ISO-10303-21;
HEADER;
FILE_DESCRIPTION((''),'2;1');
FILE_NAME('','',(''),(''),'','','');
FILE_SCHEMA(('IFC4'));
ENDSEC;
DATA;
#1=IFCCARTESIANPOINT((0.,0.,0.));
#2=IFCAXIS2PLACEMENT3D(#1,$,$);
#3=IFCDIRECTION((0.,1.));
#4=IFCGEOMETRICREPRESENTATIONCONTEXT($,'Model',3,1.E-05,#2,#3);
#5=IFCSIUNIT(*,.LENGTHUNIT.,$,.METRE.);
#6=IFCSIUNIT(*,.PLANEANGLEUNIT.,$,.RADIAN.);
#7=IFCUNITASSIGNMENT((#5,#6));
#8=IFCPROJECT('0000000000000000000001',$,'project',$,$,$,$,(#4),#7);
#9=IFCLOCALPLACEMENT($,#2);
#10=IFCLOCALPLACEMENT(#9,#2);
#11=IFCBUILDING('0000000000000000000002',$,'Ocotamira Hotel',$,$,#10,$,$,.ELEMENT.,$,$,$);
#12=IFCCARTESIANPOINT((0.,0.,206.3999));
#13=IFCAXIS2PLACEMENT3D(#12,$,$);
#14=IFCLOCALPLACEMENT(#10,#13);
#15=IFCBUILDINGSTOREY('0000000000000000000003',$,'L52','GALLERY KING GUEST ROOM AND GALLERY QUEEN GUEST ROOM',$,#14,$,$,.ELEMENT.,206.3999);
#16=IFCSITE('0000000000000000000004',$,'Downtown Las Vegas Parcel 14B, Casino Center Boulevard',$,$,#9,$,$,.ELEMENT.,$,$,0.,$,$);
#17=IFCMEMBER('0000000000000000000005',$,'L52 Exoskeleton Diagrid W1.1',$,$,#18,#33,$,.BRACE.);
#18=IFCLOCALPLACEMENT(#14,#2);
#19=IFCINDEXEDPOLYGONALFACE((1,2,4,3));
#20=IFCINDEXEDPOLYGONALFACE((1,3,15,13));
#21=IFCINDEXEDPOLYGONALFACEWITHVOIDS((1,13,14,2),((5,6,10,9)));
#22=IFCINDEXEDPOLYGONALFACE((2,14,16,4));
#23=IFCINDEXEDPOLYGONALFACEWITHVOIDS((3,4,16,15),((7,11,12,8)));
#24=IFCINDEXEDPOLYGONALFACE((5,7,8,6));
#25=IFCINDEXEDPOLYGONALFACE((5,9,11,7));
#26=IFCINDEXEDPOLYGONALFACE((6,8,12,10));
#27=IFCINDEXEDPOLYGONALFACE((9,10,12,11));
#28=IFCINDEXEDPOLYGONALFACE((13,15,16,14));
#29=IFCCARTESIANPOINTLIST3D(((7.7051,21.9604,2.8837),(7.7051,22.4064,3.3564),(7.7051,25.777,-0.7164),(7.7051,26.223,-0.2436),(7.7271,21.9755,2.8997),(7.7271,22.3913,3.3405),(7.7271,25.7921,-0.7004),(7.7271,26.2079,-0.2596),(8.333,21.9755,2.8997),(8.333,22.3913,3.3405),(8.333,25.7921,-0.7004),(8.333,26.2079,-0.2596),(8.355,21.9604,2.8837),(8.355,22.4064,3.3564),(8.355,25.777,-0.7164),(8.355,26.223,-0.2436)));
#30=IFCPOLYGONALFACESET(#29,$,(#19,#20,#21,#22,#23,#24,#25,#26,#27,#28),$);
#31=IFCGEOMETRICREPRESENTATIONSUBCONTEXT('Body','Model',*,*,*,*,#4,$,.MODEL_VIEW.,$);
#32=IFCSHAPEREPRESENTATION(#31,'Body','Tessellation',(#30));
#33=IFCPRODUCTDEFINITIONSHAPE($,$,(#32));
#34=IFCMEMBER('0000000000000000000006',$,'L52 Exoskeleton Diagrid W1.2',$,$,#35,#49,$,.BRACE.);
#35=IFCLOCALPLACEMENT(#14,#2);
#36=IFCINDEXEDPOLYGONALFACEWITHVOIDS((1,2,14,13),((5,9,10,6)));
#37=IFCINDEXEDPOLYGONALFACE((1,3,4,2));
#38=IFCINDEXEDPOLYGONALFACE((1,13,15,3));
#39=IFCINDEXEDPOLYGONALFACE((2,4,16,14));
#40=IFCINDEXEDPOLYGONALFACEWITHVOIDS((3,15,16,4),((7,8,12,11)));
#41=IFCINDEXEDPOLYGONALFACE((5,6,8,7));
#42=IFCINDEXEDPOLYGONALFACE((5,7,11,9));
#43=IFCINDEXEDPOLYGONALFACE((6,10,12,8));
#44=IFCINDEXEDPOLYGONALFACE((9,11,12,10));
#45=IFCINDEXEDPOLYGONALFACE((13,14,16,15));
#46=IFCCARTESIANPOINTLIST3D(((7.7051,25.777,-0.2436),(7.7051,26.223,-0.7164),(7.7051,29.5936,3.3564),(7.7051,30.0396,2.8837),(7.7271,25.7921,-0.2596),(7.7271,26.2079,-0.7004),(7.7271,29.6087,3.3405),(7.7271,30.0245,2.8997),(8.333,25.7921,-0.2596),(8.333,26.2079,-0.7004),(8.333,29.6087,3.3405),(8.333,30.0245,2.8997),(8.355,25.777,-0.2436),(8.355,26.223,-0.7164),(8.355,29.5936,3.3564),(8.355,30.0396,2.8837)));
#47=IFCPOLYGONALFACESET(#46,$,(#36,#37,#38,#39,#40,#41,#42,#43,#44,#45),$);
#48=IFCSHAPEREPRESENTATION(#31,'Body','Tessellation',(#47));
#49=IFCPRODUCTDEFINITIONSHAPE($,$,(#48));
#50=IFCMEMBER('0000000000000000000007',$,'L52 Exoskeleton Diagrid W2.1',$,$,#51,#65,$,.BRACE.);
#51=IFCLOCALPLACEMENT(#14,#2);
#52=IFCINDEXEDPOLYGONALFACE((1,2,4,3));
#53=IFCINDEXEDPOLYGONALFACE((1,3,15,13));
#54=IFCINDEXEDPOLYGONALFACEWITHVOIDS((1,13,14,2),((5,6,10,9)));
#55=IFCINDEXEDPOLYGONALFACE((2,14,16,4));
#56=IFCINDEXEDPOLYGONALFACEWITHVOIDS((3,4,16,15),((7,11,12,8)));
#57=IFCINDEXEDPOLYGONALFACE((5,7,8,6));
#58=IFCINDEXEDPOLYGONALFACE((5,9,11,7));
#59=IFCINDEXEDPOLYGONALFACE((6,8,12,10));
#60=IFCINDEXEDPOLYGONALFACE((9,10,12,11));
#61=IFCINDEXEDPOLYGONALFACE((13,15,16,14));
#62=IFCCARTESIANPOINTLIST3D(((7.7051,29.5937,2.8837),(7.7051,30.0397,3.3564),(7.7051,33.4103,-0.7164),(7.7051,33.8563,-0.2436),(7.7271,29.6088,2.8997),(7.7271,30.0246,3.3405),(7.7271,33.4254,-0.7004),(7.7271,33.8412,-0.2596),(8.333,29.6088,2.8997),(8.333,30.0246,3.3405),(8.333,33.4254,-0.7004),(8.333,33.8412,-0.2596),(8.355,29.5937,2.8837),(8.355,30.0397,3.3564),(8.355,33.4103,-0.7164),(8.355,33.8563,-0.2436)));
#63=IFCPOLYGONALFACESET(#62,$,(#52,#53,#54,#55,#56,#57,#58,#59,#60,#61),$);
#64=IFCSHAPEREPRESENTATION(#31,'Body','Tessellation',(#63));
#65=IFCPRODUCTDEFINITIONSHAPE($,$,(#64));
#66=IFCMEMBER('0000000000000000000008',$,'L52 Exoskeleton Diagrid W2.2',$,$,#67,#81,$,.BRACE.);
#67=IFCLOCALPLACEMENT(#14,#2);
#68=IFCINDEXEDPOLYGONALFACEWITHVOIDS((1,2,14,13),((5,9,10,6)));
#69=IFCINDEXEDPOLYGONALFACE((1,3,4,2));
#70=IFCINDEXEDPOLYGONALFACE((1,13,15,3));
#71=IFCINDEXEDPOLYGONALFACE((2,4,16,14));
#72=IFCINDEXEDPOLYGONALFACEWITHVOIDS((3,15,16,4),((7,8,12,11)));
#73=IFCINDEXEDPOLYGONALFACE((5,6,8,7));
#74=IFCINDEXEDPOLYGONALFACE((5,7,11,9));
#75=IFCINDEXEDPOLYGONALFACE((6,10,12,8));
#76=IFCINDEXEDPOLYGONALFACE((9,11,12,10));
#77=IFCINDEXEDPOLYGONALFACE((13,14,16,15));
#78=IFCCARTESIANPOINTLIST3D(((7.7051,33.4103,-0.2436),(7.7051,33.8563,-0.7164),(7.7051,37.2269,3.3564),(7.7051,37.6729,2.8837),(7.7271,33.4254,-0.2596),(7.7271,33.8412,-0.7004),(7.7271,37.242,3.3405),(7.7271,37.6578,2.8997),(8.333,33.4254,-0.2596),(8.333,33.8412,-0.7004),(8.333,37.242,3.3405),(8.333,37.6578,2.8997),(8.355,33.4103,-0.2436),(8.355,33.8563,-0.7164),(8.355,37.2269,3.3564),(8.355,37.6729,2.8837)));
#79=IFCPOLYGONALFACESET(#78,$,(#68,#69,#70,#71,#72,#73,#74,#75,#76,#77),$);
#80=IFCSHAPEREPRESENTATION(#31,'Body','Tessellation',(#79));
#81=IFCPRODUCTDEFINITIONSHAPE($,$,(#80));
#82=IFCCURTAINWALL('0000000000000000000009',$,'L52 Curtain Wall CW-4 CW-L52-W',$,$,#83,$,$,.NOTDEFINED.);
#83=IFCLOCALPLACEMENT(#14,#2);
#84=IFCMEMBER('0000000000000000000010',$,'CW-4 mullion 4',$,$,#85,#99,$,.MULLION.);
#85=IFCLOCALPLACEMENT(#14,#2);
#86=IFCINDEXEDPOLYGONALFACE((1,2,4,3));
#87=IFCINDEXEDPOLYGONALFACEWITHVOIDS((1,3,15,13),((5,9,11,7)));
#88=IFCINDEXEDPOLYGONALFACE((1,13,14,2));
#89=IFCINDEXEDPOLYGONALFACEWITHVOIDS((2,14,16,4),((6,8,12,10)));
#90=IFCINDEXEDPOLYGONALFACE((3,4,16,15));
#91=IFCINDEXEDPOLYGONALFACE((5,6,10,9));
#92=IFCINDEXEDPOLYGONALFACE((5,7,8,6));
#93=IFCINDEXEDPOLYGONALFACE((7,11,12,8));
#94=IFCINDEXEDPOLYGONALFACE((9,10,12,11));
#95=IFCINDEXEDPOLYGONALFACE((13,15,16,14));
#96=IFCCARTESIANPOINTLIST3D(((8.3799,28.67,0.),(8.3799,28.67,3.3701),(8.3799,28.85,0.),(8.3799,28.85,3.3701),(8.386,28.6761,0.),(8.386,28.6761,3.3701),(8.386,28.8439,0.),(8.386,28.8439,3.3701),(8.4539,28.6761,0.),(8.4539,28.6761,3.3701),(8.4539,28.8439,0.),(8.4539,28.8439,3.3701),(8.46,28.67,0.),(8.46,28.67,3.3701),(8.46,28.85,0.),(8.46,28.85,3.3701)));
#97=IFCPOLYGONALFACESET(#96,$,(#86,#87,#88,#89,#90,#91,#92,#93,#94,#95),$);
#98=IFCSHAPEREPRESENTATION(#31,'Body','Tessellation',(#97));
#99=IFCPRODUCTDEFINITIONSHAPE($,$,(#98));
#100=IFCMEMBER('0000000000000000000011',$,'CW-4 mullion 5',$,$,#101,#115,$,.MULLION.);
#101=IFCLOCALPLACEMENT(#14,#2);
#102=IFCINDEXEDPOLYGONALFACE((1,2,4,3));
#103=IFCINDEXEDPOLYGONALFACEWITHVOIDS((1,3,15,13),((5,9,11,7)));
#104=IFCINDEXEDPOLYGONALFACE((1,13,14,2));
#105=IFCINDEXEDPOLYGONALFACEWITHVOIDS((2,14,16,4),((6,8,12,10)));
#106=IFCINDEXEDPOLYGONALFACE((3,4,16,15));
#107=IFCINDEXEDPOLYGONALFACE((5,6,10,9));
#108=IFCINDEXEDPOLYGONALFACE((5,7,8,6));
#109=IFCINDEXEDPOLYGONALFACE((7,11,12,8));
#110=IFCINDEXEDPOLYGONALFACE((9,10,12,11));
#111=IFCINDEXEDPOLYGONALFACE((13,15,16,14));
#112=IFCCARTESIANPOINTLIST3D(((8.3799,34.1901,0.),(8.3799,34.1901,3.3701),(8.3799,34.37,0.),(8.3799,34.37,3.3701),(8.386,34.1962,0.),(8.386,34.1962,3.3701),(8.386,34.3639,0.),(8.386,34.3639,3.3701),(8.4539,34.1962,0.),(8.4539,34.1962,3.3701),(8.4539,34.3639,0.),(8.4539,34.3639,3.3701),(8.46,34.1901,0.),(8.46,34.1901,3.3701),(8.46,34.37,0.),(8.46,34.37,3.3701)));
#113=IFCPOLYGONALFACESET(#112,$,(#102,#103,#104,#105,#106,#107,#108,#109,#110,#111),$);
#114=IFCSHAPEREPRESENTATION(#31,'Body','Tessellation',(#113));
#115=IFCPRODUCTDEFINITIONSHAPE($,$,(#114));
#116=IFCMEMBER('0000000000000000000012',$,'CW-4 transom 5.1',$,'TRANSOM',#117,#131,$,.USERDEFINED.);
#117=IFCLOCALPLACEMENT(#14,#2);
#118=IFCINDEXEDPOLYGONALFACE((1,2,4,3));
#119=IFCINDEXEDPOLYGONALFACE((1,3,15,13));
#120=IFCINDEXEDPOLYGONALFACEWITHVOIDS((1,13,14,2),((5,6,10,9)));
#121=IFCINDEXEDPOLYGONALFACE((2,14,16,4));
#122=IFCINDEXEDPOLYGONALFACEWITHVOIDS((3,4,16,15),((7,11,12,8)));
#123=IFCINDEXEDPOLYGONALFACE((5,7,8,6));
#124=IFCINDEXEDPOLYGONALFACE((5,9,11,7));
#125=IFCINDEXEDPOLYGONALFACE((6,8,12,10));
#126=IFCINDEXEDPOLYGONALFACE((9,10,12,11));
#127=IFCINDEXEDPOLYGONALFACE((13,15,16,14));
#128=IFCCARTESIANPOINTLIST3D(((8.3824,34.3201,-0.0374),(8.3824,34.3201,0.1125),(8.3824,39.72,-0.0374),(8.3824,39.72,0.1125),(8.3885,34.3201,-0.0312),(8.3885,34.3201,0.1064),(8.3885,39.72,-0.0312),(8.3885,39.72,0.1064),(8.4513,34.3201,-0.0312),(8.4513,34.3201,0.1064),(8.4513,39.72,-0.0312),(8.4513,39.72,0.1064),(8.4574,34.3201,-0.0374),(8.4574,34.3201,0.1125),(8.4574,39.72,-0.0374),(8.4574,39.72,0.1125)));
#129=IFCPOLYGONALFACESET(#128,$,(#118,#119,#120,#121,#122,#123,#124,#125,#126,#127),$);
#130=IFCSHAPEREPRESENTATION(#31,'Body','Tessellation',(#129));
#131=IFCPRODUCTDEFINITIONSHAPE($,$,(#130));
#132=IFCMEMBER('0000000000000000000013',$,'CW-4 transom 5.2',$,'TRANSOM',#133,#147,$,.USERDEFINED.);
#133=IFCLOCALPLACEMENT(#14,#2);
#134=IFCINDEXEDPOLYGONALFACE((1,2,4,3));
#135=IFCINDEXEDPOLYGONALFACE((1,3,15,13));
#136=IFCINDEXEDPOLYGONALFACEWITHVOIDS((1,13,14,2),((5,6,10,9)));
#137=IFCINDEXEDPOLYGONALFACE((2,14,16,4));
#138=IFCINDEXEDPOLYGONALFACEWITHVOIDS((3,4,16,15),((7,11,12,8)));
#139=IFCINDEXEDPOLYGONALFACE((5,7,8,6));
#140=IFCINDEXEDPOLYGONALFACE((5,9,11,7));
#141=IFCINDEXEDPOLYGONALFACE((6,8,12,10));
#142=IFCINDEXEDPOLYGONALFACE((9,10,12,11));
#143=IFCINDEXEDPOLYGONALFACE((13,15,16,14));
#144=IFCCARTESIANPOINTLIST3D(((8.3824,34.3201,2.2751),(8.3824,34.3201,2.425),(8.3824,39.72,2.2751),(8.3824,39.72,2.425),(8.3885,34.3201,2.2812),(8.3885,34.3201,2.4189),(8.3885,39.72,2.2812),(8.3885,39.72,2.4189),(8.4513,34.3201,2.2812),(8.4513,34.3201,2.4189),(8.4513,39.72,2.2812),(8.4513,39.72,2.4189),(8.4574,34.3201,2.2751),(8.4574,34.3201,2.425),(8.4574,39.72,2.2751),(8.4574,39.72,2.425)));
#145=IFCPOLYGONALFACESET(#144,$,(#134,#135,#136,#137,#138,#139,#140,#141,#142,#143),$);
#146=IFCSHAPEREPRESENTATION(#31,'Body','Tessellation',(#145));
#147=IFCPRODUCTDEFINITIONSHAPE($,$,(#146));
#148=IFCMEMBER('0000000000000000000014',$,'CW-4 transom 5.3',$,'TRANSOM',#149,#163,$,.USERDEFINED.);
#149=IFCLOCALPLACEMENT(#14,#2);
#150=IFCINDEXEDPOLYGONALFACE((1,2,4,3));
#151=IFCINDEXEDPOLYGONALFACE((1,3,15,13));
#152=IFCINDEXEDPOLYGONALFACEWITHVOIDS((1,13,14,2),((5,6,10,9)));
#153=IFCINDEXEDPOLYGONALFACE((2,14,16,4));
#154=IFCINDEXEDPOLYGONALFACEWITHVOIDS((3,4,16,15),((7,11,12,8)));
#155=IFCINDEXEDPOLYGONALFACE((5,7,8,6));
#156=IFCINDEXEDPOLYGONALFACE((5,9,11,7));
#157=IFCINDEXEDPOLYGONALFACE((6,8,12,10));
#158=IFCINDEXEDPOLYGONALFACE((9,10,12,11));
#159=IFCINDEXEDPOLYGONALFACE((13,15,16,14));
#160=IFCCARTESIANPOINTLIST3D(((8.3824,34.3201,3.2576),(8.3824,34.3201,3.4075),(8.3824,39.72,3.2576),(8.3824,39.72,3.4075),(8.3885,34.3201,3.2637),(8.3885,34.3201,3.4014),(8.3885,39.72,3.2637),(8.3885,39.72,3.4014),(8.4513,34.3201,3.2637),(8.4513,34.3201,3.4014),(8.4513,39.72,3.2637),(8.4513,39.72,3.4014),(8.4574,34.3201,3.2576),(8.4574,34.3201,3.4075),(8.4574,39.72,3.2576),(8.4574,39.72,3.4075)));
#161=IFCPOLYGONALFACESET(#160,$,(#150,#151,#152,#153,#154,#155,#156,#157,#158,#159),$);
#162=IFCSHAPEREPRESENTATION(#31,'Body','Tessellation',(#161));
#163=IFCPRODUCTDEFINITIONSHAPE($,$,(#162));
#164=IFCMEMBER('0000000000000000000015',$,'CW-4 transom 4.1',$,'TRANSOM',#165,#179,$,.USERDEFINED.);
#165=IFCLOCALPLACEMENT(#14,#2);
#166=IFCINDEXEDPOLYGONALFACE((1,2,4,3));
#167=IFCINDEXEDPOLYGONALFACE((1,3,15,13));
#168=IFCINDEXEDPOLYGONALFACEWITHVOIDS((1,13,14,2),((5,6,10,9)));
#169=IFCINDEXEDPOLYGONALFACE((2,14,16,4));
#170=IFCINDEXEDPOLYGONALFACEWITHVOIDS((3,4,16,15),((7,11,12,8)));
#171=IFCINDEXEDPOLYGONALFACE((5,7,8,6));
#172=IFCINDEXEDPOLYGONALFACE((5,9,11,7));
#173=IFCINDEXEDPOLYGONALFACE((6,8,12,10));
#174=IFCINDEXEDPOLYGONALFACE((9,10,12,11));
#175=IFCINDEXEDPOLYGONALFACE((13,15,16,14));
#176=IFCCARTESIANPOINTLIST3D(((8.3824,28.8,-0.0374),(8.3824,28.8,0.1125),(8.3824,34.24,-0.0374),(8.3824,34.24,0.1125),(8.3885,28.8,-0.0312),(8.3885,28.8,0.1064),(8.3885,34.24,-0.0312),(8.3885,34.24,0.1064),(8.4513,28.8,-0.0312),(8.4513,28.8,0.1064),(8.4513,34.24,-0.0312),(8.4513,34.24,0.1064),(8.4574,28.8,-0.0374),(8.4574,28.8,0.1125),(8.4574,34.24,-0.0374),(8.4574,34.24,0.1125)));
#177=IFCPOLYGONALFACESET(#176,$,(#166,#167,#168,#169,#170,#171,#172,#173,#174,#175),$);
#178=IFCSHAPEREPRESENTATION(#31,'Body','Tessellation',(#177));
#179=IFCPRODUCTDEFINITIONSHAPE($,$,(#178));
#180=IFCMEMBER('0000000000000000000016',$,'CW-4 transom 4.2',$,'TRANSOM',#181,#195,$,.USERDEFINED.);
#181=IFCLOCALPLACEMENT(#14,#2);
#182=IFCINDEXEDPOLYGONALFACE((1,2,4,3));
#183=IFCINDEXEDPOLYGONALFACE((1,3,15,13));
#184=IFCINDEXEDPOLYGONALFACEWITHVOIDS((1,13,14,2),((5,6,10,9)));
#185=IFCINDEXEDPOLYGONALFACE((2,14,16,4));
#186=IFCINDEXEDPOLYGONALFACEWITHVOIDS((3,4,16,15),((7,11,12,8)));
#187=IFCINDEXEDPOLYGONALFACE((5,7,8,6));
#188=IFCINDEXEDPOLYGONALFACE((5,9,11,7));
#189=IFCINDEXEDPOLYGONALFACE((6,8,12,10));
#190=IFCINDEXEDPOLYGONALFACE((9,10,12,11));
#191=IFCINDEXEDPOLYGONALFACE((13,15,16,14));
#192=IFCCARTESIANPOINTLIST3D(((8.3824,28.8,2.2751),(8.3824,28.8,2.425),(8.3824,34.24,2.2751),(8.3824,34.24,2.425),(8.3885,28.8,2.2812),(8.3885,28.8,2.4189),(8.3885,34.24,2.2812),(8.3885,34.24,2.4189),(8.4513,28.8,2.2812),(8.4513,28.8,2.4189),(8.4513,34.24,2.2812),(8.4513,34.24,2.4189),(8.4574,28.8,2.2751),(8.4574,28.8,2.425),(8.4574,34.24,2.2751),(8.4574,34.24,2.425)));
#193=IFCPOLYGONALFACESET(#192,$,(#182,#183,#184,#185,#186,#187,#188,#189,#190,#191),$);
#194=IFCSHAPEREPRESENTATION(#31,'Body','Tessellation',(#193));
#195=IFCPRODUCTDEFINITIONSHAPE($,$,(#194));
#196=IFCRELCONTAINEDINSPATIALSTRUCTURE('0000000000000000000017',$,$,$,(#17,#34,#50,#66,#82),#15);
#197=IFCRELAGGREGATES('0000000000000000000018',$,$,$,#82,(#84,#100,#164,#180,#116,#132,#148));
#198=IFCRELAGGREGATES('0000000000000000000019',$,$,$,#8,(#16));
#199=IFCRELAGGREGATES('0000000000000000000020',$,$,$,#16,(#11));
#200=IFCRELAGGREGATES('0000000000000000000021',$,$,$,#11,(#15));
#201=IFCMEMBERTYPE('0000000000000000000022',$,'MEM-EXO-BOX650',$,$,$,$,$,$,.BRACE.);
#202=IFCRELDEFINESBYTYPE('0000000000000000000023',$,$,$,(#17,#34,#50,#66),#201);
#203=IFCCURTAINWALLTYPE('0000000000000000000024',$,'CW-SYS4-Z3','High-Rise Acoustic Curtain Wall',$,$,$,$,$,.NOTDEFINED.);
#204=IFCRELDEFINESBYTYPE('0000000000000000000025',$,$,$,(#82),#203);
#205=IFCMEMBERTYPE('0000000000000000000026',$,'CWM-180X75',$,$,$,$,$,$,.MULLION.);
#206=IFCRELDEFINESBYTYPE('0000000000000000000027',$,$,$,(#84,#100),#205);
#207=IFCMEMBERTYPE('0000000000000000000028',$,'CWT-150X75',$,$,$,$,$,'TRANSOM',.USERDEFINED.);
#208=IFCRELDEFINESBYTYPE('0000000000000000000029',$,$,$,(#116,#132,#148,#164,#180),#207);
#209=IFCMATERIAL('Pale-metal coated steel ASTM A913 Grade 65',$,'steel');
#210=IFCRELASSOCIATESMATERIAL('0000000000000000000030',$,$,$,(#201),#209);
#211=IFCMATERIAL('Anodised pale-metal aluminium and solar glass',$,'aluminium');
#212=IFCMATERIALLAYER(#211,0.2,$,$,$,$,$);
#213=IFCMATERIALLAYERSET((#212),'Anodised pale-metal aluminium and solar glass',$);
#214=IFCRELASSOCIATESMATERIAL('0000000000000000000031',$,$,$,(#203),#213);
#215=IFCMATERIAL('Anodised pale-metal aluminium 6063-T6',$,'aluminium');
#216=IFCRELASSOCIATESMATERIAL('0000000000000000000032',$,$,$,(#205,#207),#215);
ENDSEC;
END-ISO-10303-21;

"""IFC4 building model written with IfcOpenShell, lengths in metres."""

from ifc_helpers import new_model, si_unit, direction, frame, origin, origin_2d, place, context, subcontext, project, spatial, hollow_rectangle, extrude, source, transform, mapped, material, layer, layer_set, material_profile, profile_set, type_object, element, aggregate, save


model = new_model("IFC4")

# Units and contexts
model_context = context("Model", 3, precision=1e-05, world=origin(), true_north=direction((0.0, 1.0)))
body_context = subcontext(model_context, "Body", "Model", "MODEL_VIEW")
ifc_project = project(units=[si_unit("LENGTHUNIT", "METRE"), si_unit("PLANEANGLEUNIT", "RADIAN")], contexts=[model_context])

# Site, building, storey
site_placement = place(None, origin())
site = spatial("IfcSite", under=ifc_project, at=site_placement, Name="Downtown Las Vegas Parcel 14B, Casino Center Boulevard", CompositionType="ELEMENT", RefElevation=0.0)
building_placement = place(site_placement, origin())
building = spatial("IfcBuilding", under=site, at=building_placement, Name="Ocotamira Hotel", CompositionType="ELEMENT")
storey_placement = place(building_placement, frame((0.0, 0.0, 206.3999)))
storey = spatial("IfcBuildingStorey", under=building, at=storey_placement, Name="L52", Description="GALLERY KING GUEST ROOM AND GALLERY QUEEN GUEST ROOM", CompositionType="ELEMENT", Elevation=206.3999)

# Members
ifc_material_1 = material(Name="Pale-metal coated steel ASTM A913 Grade 65", Category="steel")
ifc_material_profile_1 = material_profile(ifc_material_1, hollow_rectangle(XDim=0.6499, YDim=0.6499, WallThickness=0.022, at=origin_2d()), Name="BOX650X650X22")
ifc_profile_set_1 = profile_set([ifc_material_profile_1], Name="Pale-metal coated steel ASTM A913 Grade 65")
member_type_1 = type_object("IfcMemberType", Name="MEM-EXO-BOX650", PredefinedType="BRACE", material=ifc_profile_set_1)
shared_shape_1 = source(origin(), body_context, "Body", "SweptSolid", [
    extrude(hollow_rectangle(XDim=0.6499, YDim=0.6499, WallThickness=0.022, at=origin_2d()), origin(), (0.0, 0.0, 1.0), 5.2466),
])
for number, where, z_axis, x_axis, name in (
    (1, (8.03, 26.0, -0.48), (0.0, -0.727443, 0.686168), (1.0, 0.0, 0.0), "L52 Exoskeleton Diagrid W1.1"),
    (2, (8.03, 26.0, -0.48), (0.0, 0.727443, 0.686168), (-1.0, 0.0, 0.0), "L52 Exoskeleton Diagrid W1.2"),
    (3, (8.03, 33.6333, -0.48), (0.0, -0.727443, 0.686168), (1.0, 0.0, 0.0), "L52 Exoskeleton Diagrid W2.1"),
    (4, (8.03, 33.6333, -0.48), (0.0, 0.727443, 0.686168), (-1.0, 0.0, 0.0), "L52 Exoskeleton Diagrid W2.2"),
):
    element("IfcMember", number, at=place(storey_placement, frame(where, z_axis=z_axis, x_axis=x_axis)), inside=storey, type_object=member_type_1, Name=name, PredefinedType="BRACE", context=body_context, shape_type="MappedRepresentation", body=[
        mapped(shared_shape_1, transform((0.0, 0.0, 0.0), scale=1.0)),
    ])

# Curtain wall, members
ifc_material_2 = material(Name="Anodised pale-metal aluminium and solar glass", Category="aluminium")
ifc_layer_1 = layer(ifc_material_2, 0.2)
ifc_layer_set_1 = layer_set([ifc_layer_1], Name="Anodised pale-metal aluminium and solar glass")
curtain_wall_type = type_object("IfcCurtainWallType", Name="CW-SYS4-Z3", Description="High-Rise Acoustic Curtain Wall", PredefinedType="NOTDEFINED", material=ifc_layer_set_1)
curtain_wall_placement = place(storey_placement, origin())
curtain_wall = element("IfcCurtainWall", 5, at=curtain_wall_placement, inside=storey, type_object=curtain_wall_type, Name="L52 Curtain Wall CW-4 CW-L52-W", PredefinedType="NOTDEFINED")
ifc_material_3 = material(Name="Anodised pale-metal aluminium 6063-T6", Category="aluminium")
ifc_material_profile_2 = material_profile(ifc_material_3, hollow_rectangle(XDim=0.0801, YDim=0.1799, WallThickness=0.0061, at=origin_2d()), Name="HSS180X80X6")
ifc_profile_set_2 = profile_set([ifc_material_profile_2], Name="Anodised pale-metal aluminium 6063-T6")
member_type_2 = type_object("IfcMemberType", Name="CWM-180X75", PredefinedType="MULLION", material=ifc_profile_set_2)
shared_shape_2 = source(origin(), body_context, "Body", "SweptSolid", [
    extrude(hollow_rectangle(XDim=0.0801, YDim=0.1799, WallThickness=0.0061, at=origin_2d()), origin(), (0.0, 0.0, 1.0), 3.3701),
])
member_1_placement = place(storey_placement, frame((8.4199, 28.76, 0.0), z_axis=(0.0, 0.0, 1.0), x_axis=(-1.0, 0.0, 0.0)))
member_1 = element("IfcMember", 6, at=member_1_placement, type_object=member_type_2, Name="CW-4 mullion 4", PredefinedType="MULLION", context=body_context, shape_type="MappedRepresentation", body=[
    mapped(shared_shape_2, transform((0.0, 0.0, 0.0), scale=1.0)),
])
member_2_placement = place(storey_placement, frame((8.4199, 34.28, 0.0), z_axis=(0.0, 0.0, 1.0), x_axis=(-1.0, 0.0, 0.0)))
member_2 = element("IfcMember", 7, at=member_2_placement, type_object=member_type_2, Name="CW-4 mullion 5", PredefinedType="MULLION", context=body_context, shape_type="MappedRepresentation", body=[
    mapped(shared_shape_2, transform((0.0, 0.0, 0.0), scale=1.0)),
])
ifc_material_profile_3 = material_profile(ifc_material_3, hollow_rectangle(XDim=0.075, YDim=0.1499, WallThickness=0.0061, at=origin_2d()), Name="HSS150X75X6")
ifc_profile_set_3 = profile_set([ifc_material_profile_3], Name="Anodised pale-metal aluminium 6063-T6")
member_type_3 = type_object("IfcMemberType", Name="CWT-150X75", ElementType="TRANSOM", PredefinedType="USERDEFINED", material=ifc_profile_set_3)
shared_shape_3 = source(origin(), body_context, "Body", "SweptSolid", [
    extrude(hollow_rectangle(XDim=0.075, YDim=0.1499, WallThickness=0.0061, at=origin_2d()), origin(), (0.0, 0.0, 1.0), 5.3999),
])
member_3_placement = place(storey_placement, frame((8.4199, 34.3201, 0.0376), z_axis=(0.0, 1.0, 0.0), x_axis=(-1.0, 0.0, 0.0)))
member_3 = element("IfcMember", 8, at=member_3_placement, type_object=member_type_3, Name="CW-4 transom 5.1", ObjectType="TRANSOM", PredefinedType="USERDEFINED", context=body_context, shape_type="MappedRepresentation", body=[
    mapped(shared_shape_3, transform((0.0, 0.0, 0.0), scale=1.0)),
])
member_4_placement = place(storey_placement, frame((8.4199, 34.3201, 2.3501), z_axis=(0.0, 1.0, 0.0), x_axis=(-1.0, 0.0, 0.0)))
member_4 = element("IfcMember", 9, at=member_4_placement, type_object=member_type_3, Name="CW-4 transom 5.2", ObjectType="TRANSOM", PredefinedType="USERDEFINED", context=body_context, shape_type="MappedRepresentation", body=[
    mapped(shared_shape_3, transform((0.0, 0.0, 0.0), scale=1.0)),
])
member_5_placement = place(storey_placement, frame((8.4199, 34.3201, 3.3325), z_axis=(0.0, 1.0, 0.0), x_axis=(-1.0, 0.0, 0.0)))
member_5 = element("IfcMember", 10, at=member_5_placement, type_object=member_type_3, Name="CW-4 transom 5.3", ObjectType="TRANSOM", PredefinedType="USERDEFINED", context=body_context, shape_type="MappedRepresentation", body=[
    mapped(shared_shape_3, transform((0.0, 0.0, 0.0), scale=1.0)),
])
shared_shape_4 = source(origin(), body_context, "Body", "SweptSolid", [
    extrude(hollow_rectangle(XDim=0.075, YDim=0.1499, WallThickness=0.0061, at=origin_2d()), origin(), (0.0, 0.0, 1.0), 5.4399),
])
member_6_placement = place(storey_placement, frame((8.4199, 28.8, 0.0376), z_axis=(0.0, 1.0, 0.0), x_axis=(-1.0, 0.0, 0.0)))
member_6 = element("IfcMember", 11, at=member_6_placement, type_object=member_type_3, Name="CW-4 transom 4.1", ObjectType="TRANSOM", PredefinedType="USERDEFINED", context=body_context, shape_type="MappedRepresentation", body=[
    mapped(shared_shape_4, transform((0.0, 0.0, 0.0), scale=1.0)),
])
member_7_placement = place(storey_placement, frame((8.4199, 28.8, 2.3501), z_axis=(0.0, 1.0, 0.0), x_axis=(-1.0, 0.0, 0.0)))
member_7 = element("IfcMember", 12, at=member_7_placement, type_object=member_type_3, Name="CW-4 transom 4.2", ObjectType="TRANSOM", PredefinedType="USERDEFINED", context=body_context, shape_type="MappedRepresentation", body=[
    mapped(shared_shape_4, transform((0.0, 0.0, 0.0), scale=1.0)),
])

aggregate(curtain_wall, [member_1, member_2, member_6, member_7, member_3, member_4, member_5])

save(model, "model.ifc")
